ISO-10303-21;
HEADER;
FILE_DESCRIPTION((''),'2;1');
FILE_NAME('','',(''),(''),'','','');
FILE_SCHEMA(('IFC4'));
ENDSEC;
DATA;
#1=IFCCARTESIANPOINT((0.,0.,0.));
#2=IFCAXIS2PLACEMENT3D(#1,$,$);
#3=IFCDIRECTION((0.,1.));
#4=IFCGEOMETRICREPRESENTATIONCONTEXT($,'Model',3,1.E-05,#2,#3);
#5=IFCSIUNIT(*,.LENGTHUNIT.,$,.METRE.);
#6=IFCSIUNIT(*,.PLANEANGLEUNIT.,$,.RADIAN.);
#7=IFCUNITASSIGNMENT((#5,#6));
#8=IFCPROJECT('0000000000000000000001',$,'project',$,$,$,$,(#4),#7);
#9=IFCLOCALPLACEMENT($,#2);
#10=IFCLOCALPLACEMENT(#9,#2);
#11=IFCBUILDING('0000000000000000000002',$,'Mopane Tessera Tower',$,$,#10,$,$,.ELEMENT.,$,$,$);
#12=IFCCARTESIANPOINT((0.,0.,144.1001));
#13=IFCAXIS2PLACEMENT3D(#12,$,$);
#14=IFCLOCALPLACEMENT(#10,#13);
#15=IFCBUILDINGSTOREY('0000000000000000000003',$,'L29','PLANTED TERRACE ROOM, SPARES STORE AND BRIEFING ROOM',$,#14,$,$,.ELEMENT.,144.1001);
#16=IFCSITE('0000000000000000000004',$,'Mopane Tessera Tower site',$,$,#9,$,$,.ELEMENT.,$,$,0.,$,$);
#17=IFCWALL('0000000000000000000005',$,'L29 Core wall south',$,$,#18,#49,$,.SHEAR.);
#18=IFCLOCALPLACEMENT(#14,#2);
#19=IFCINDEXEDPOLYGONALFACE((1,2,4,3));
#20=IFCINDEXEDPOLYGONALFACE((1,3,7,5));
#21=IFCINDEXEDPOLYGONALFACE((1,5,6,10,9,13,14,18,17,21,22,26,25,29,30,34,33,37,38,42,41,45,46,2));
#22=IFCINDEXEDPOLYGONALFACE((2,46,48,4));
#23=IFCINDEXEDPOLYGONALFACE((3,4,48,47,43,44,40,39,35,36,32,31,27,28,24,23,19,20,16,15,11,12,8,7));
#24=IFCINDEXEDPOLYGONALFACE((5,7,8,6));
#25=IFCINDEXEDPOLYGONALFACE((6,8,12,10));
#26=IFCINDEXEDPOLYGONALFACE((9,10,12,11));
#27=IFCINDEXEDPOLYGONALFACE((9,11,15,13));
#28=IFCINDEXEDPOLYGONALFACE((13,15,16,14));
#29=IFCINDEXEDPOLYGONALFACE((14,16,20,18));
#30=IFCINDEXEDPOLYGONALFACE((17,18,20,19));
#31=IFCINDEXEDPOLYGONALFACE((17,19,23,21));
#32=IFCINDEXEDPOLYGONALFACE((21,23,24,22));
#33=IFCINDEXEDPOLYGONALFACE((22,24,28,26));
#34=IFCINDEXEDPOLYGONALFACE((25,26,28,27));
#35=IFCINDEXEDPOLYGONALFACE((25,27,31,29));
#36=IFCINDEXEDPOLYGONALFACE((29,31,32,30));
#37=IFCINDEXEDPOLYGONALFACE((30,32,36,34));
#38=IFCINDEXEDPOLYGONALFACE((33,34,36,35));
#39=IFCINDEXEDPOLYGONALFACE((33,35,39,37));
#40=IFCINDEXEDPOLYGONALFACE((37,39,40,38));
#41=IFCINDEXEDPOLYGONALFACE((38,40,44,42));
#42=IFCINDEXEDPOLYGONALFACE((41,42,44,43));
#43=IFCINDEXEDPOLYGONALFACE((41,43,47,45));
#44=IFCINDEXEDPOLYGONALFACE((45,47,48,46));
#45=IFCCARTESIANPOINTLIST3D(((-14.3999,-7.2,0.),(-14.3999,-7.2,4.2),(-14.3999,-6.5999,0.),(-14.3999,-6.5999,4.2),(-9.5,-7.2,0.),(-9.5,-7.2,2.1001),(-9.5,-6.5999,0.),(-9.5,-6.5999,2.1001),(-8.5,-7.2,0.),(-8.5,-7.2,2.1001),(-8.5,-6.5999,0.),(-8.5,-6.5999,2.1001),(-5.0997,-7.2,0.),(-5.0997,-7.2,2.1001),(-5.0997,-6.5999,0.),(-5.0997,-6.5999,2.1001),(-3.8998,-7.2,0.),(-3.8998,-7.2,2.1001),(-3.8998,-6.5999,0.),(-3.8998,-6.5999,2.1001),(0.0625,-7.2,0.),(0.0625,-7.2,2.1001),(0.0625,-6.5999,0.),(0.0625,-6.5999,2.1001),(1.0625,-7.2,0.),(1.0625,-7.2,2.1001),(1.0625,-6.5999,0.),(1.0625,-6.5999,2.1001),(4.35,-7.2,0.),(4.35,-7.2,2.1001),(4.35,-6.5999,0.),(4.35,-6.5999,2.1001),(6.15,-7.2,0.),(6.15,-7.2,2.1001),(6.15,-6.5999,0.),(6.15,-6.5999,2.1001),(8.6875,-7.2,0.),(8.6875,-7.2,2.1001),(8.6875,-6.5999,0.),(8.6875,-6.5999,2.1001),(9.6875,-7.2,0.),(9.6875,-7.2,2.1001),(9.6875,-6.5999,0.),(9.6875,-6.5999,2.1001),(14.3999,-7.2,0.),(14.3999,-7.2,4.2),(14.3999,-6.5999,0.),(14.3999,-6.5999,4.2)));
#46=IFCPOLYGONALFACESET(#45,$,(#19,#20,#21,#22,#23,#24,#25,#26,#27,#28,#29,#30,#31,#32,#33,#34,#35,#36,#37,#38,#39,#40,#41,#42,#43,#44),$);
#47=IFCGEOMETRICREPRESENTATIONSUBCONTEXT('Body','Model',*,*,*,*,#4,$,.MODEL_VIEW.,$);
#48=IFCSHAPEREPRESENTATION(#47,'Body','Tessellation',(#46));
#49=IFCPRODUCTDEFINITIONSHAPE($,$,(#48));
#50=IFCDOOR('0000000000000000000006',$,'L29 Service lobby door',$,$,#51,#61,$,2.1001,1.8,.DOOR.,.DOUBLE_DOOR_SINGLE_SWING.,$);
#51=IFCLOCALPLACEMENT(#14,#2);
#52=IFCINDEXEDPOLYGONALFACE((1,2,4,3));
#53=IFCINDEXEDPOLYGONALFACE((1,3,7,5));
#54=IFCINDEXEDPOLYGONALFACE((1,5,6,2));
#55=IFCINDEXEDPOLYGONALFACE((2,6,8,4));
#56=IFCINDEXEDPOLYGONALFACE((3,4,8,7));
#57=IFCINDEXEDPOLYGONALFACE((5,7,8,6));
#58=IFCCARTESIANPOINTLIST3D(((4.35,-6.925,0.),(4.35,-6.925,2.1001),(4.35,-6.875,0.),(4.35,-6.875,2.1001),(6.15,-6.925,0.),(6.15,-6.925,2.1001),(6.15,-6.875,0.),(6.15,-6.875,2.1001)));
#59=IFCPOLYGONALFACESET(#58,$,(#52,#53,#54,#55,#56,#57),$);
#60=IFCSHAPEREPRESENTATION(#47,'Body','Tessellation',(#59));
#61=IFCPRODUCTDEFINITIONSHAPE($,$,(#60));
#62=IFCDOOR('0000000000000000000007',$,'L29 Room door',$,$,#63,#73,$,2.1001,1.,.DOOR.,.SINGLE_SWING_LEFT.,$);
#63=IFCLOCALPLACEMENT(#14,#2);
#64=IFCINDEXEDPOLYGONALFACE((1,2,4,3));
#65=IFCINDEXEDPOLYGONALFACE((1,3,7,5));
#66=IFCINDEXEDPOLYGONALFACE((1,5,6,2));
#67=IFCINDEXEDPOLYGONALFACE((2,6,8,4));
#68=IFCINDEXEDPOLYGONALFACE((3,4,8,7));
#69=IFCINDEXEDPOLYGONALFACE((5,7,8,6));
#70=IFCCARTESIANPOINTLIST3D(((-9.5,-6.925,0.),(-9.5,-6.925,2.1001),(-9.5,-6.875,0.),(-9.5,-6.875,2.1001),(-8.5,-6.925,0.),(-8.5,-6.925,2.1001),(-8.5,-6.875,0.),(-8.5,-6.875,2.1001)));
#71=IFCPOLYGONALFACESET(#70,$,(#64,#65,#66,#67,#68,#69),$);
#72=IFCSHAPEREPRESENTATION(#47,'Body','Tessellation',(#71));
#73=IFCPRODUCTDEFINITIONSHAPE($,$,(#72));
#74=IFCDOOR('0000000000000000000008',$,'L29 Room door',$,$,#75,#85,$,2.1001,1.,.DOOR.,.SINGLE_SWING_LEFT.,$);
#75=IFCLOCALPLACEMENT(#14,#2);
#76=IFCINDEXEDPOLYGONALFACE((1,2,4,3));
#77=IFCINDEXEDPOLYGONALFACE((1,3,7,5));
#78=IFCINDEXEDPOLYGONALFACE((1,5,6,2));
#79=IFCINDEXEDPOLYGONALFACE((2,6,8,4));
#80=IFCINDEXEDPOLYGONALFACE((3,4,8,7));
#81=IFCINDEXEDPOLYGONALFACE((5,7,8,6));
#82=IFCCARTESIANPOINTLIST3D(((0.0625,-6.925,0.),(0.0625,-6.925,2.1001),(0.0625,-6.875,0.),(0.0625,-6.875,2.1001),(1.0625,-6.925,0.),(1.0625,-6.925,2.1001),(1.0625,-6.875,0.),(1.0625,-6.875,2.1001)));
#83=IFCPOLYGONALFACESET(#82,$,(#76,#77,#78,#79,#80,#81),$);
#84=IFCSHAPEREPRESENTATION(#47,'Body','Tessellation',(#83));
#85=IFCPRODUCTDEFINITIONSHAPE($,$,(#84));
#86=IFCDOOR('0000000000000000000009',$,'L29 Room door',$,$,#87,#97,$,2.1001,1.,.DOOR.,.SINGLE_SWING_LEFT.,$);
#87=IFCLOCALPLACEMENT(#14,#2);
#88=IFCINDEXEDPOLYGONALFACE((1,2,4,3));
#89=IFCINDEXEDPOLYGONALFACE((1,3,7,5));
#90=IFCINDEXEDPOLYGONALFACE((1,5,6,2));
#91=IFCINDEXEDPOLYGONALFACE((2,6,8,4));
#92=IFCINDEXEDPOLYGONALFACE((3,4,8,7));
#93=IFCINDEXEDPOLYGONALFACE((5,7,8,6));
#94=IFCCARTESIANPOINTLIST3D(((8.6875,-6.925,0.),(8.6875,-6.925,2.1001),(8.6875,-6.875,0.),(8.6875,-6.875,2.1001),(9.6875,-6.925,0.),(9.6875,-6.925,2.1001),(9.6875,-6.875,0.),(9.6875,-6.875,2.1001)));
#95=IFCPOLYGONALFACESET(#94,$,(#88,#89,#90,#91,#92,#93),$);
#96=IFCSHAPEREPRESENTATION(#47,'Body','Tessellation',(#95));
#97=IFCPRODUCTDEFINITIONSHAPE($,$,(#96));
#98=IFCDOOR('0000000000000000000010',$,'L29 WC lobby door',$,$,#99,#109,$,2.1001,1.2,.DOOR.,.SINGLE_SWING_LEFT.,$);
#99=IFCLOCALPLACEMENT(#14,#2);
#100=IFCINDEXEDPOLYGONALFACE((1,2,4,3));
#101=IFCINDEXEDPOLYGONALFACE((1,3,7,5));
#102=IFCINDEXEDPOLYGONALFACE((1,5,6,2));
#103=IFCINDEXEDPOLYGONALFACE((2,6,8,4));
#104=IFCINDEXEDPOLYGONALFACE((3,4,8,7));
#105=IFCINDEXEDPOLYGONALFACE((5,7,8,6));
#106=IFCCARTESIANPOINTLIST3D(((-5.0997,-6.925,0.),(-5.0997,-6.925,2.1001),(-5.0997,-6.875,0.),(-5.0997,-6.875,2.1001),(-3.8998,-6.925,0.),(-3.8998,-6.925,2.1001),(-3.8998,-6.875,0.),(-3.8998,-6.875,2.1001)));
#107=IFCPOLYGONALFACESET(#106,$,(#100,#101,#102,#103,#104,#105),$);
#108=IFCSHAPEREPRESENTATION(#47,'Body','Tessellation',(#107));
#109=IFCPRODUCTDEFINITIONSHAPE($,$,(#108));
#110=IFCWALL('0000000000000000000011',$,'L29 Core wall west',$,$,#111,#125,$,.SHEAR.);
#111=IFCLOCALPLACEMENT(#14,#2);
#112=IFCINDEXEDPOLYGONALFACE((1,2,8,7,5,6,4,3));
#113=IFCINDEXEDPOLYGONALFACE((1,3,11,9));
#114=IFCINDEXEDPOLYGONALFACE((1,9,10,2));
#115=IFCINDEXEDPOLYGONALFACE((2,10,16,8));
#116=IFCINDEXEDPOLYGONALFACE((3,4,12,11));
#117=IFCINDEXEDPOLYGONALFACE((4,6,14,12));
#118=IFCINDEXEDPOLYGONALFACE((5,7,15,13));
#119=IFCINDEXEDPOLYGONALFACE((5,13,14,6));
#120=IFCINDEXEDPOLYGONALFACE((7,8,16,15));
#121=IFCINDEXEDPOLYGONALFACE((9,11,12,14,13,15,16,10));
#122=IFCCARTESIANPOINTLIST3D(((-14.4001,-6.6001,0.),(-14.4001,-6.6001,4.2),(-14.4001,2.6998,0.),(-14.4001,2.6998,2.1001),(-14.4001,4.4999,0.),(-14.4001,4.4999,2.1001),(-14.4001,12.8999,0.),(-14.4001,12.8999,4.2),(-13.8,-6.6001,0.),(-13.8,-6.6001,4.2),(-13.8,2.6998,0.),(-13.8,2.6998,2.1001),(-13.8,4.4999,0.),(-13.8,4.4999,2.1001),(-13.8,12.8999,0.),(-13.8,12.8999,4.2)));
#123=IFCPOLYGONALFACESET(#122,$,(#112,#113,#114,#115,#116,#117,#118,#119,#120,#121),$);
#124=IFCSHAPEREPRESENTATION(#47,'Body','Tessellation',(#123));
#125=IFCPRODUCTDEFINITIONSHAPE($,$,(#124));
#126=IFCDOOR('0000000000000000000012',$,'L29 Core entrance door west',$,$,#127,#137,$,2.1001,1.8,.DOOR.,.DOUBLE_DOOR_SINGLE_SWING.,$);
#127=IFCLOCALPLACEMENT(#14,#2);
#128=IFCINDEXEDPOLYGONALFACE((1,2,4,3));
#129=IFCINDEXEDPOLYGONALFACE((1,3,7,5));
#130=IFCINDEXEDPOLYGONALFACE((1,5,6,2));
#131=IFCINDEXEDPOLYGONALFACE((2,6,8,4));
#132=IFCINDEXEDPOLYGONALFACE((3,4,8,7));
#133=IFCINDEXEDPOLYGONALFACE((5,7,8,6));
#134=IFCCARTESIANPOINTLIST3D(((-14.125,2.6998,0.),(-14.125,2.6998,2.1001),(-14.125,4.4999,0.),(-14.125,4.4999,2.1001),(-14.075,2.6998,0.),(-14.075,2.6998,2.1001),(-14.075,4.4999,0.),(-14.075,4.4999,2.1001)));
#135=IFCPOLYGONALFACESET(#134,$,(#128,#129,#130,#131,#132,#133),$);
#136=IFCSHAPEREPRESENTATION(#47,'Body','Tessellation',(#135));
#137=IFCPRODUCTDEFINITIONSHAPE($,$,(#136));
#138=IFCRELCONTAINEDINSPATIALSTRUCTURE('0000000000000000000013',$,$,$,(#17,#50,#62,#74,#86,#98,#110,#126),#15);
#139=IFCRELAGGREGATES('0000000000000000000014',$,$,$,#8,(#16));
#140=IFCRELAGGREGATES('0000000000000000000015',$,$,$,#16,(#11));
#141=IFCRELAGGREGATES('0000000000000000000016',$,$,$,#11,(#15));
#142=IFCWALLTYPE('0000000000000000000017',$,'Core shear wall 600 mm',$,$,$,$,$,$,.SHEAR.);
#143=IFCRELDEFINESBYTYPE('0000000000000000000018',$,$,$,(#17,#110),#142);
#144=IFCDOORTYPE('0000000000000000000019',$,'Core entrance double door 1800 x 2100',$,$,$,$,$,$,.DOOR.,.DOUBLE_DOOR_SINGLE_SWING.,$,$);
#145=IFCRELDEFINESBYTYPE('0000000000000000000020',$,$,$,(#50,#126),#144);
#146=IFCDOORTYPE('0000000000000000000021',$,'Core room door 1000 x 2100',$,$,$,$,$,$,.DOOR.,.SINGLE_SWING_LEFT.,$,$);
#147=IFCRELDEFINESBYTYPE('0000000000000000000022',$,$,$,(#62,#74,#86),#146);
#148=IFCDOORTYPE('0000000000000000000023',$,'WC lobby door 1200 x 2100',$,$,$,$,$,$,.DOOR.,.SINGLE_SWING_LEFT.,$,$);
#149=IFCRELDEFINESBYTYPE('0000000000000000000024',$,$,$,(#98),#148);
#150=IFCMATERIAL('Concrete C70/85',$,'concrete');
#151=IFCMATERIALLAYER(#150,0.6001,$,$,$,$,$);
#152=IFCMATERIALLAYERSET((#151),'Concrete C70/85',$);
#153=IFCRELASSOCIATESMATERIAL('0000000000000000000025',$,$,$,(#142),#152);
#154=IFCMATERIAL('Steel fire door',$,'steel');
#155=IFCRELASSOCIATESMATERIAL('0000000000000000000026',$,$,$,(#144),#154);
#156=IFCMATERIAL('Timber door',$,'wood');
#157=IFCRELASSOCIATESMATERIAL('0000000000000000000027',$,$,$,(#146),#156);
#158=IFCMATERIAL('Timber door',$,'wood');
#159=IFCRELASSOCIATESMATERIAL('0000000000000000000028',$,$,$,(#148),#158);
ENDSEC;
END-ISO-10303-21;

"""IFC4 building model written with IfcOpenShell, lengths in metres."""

from ifc_helpers import new_model, si_unit, direction, frame, frame_2d, origin, place, context, subcontext, project, spatial, rectangle, extrude, material, layer, layer_set, type_object, element, fill, save


model = new_model("IFC4")

# Units and contexts
model_context = context("Model", 3, precision=1e-05, world=origin(), true_north=direction((0.0, 1.0)))
body_context = subcontext(model_context, "Body", "Model", "MODEL_VIEW")
ifc_project = project(units=[si_unit("LENGTHUNIT", "METRE"), si_unit("PLANEANGLEUNIT", "RADIAN")], contexts=[model_context])

# Site, building, storey
site_placement = place(None, origin())
site = spatial("IfcSite", under=ifc_project, at=site_placement, Name="Mopane Tessera Tower site", CompositionType="ELEMENT", RefElevation=0.0)
building_placement = place(site_placement, origin())
building = spatial("IfcBuilding", under=site, at=building_placement, Name="Mopane Tessera Tower", CompositionType="ELEMENT")
storey_placement = place(building_placement, frame((0.0, 0.0, 144.1001)))
storey = spatial("IfcBuildingStorey", under=building, at=storey_placement, Name="L29", Description="PLANTED TERRACE ROOM, SPARES STORE AND BRIEFING ROOM", CompositionType="ELEMENT", Elevation=144.1001)

# Wall, openings, doors
ifc_material_1 = material(Name="Concrete C70/85", Category="concrete")
ifc_layer_1 = layer(ifc_material_1, 0.6001)
ifc_layer_set_1 = layer_set([ifc_layer_1], Name="Concrete C70/85")
wall_type_1 = type_object("IfcWallType", Name="Core shear wall 600 mm", PredefinedType="SHEAR", material=ifc_layer_set_1)
wall_1_placement = place(storey_placement, frame((-14.3999, -6.8999, 0.0), z_axis=(0.0, 0.0, 1.0), x_axis=(1.0, 0.0, 0.0)))
wall_1 = element("IfcWall", 1, at=wall_1_placement, inside=storey, type_object=wall_type_1, Name="L29 Core wall south", PredefinedType="SHEAR", context=body_context, shape_type="SweptSolid", body=[
    extrude(rectangle(XDim=28.7998, YDim=0.6001, at=frame_2d((14.3999, 0.0))), origin(), (0.0, 0.0, 1.0), 4.2),
])
opening_1_placement = place(wall_1_placement, frame((4.8999, 0.0, 0.0)))
opening_1 = element("IfcOpeningElement", 2, at=opening_1_placement, cuts=wall_1, PredefinedType="OPENING", context=body_context, shape_type="SweptSolid", body=[
    extrude(rectangle(XDim=1.0, YDim=2.1001, at=frame_2d((0.5, 1.05))), frame((0.0, 0.312, 0.0), z_axis=(0.0, -1.0, 0.0), x_axis=(1.0, 0.0, 0.0)), (0.0, 0.0, 1.0), 0.624),
])
opening_2_placement = place(wall_1_placement, frame((9.3, 0.0, 0.0)))
opening_2 = element("IfcOpeningElement", 3, at=opening_2_placement, cuts=wall_1, PredefinedType="OPENING", context=body_context, shape_type="SweptSolid", body=[
    extrude(rectangle(XDim=1.2, YDim=2.1001, at=frame_2d((0.6001, 1.05))), frame((0.0, 0.312, 0.0), z_axis=(0.0, -1.0, 0.0), x_axis=(1.0, 0.0, 0.0)), (0.0, 0.0, 1.0), 0.624),
])
opening_3_placement = place(wall_1_placement, frame((14.4624, 0.0, 0.0)))
opening_3 = element("IfcOpeningElement", 4, at=opening_3_placement, cuts=wall_1, PredefinedType="OPENING", context=body_context, shape_type="SweptSolid", body=[
    extrude(rectangle(XDim=1.0, YDim=2.1001, at=frame_2d((0.5, 1.05))), frame((0.0, 0.312, 0.0), z_axis=(0.0, -1.0, 0.0), x_axis=(1.0, 0.0, 0.0)), (0.0, 0.0, 1.0), 0.624),
])
opening_4_placement = place(wall_1_placement, frame((18.75, 0.0, 0.0)))
opening_4 = element("IfcOpeningElement", 5, at=opening_4_placement, cuts=wall_1, PredefinedType="OPENING", context=body_context, shape_type="SweptSolid", body=[
    extrude(rectangle(XDim=1.8, YDim=2.1001, at=frame_2d((0.8999, 1.05))), frame((0.0, 0.312, 0.0), z_axis=(0.0, -1.0, 0.0), x_axis=(1.0, 0.0, 0.0)), (0.0, 0.0, 1.0), 0.624),
])
opening_5_placement = place(wall_1_placement, frame((23.0874, 0.0, 0.0)))
opening_5 = element("IfcOpeningElement", 6, at=opening_5_placement, cuts=wall_1, PredefinedType="OPENING", context=body_context, shape_type="SweptSolid", body=[
    extrude(rectangle(XDim=1.0, YDim=2.1001, at=frame_2d((0.5, 1.05))), frame((0.0, 0.312, 0.0), z_axis=(0.0, -1.0, 0.0), x_axis=(1.0, 0.0, 0.0)), (0.0, 0.0, 1.0), 0.624),
])
ifc_material_2 = material(Name="Steel fire door", Category="steel")
door_type_1 = type_object("IfcDoorType", Name="Core entrance double door 1800 x 2100", OperationType="DOUBLE_DOOR_SINGLE_SWING", PredefinedType="DOOR", material=ifc_material_2)
door_1_placement = place(opening_4_placement, origin())
door_1 = element("IfcDoor", 7, at=door_1_placement, inside=storey, type_object=door_type_1, Name="L29 Service lobby door", OperationType="DOUBLE_DOOR_SINGLE_SWING", OverallHeight=2.1001, OverallWidth=1.8, PredefinedType="DOOR", context=body_context, shape_type="SweptSolid", body=[
    extrude(rectangle(XDim=1.8, YDim=2.1001, at=frame_2d((0.8999, 1.05))), frame((0.0, 0.0249, 0.0), z_axis=(0.0, -1.0, 0.0), x_axis=(1.0, 0.0, 0.0)), (0.0, 0.0, 1.0), 0.05),
])
fill(opening_4, door_1)
ifc_material_3 = material(Name="Timber door", Category="wood")
door_type_2 = type_object("IfcDoorType", Name="Core room door 1000 x 2100", OperationType="SINGLE_SWING_LEFT", PredefinedType="DOOR", material=ifc_material_3)
door_2_placement = place(opening_1_placement, origin())
door_2 = element("IfcDoor", 8, at=door_2_placement, inside=storey, type_object=door_type_2, Name="L29 Room door", OperationType="SINGLE_SWING_LEFT", OverallHeight=2.1001, OverallWidth=1.0, PredefinedType="DOOR", context=body_context, shape_type="SweptSolid", body=[
    extrude(rectangle(XDim=1.0, YDim=2.1001, at=frame_2d((0.5, 1.05))), frame((0.0, 0.0249, 0.0), z_axis=(0.0, -1.0, 0.0), x_axis=(1.0, 0.0, 0.0)), (0.0, 0.0, 1.0), 0.05),
])
fill(opening_1, door_2)
door_3_placement = place(opening_3_placement, origin())
door_3 = element("IfcDoor", 9, at=door_3_placement, inside=storey, type_object=door_type_2, Name="L29 Room door", OperationType="SINGLE_SWING_LEFT", OverallHeight=2.1001, OverallWidth=1.0, PredefinedType="DOOR", context=body_context, shape_type="SweptSolid", body=[
    extrude(rectangle(XDim=1.0, YDim=2.1001, at=frame_2d((0.5, 1.05))), frame((0.0, 0.0249, 0.0), z_axis=(0.0, -1.0, 0.0), x_axis=(1.0, 0.0, 0.0)), (0.0, 0.0, 1.0), 0.05),
])
fill(opening_3, door_3)
door_4_placement = place(opening_5_placement, origin())
door_4 = element("IfcDoor", 10, at=door_4_placement, inside=storey, type_object=door_type_2, Name="L29 Room door", OperationType="SINGLE_SWING_LEFT", OverallHeight=2.1001, OverallWidth=1.0, PredefinedType="DOOR", context=body_context, shape_type="SweptSolid", body=[
    extrude(rectangle(XDim=1.0, YDim=2.1001, at=frame_2d((0.5, 1.05))), frame((0.0, 0.0249, 0.0), z_axis=(0.0, -1.0, 0.0), x_axis=(1.0, 0.0, 0.0)), (0.0, 0.0, 1.0), 0.05),
])
fill(opening_5, door_4)
ifc_material_4 = material(Name="Timber door", Category="wood")
door_type_3 = type_object("IfcDoorType", Name="WC lobby door 1200 x 2100", OperationType="SINGLE_SWING_LEFT", PredefinedType="DOOR", material=ifc_material_4)
door_5_placement = place(opening_2_placement, origin())
door_5 = element("IfcDoor", 11, at=door_5_placement, inside=storey, type_object=door_type_3, Name="L29 WC lobby door", OperationType="SINGLE_SWING_LEFT", OverallHeight=2.1001, OverallWidth=1.2, PredefinedType="DOOR", context=body_context, shape_type="SweptSolid", body=[
    extrude(rectangle(XDim=1.2, YDim=2.1001, at=frame_2d((0.6001, 1.05))), frame((0.0, 0.0249, 0.0), z_axis=(0.0, -1.0, 0.0), x_axis=(1.0, 0.0, 0.0)), (0.0, 0.0, 1.0), 0.05),
])
fill(opening_2, door_5)

# Wall, opening, door
wall_2_placement = place(storey_placement, frame((-14.1001, -6.6001, 0.0), z_axis=(0.0, 0.0, 1.0), x_axis=(0.0, 1.0, 0.0)))
wall_2 = element("IfcWall", 12, at=wall_2_placement, inside=storey, type_object=wall_type_1, Name="L29 Core wall west", PredefinedType="SHEAR", context=body_context, shape_type="SweptSolid", body=[
    extrude(rectangle(XDim=19.5, YDim=0.6001, at=frame_2d((9.75, 0.0))), origin(), (0.0, 0.0, 1.0), 4.2),
])
opening_6_placement = place(wall_2_placement, frame((9.3, 0.0, 0.0)))
opening_6 = element("IfcOpeningElement", 13, at=opening_6_placement, cuts=wall_2, PredefinedType="OPENING", context=body_context, shape_type="SweptSolid", body=[
    extrude(rectangle(XDim=1.8, YDim=2.1001, at=frame_2d((0.8999, 1.05))), frame((0.0, 0.312, 0.0), z_axis=(0.0, -1.0, 0.0), x_axis=(1.0, 0.0, 0.0)), (0.0, 0.0, 1.0), 0.624),
])
door_6_placement = place(opening_6_placement, origin())
door_6 = element("IfcDoor", 14, at=door_6_placement, inside=storey, type_object=door_type_1, Name="L29 Core entrance door west", OperationType="DOUBLE_DOOR_SINGLE_SWING", OverallHeight=2.1001, OverallWidth=1.8, PredefinedType="DOOR", context=body_context, shape_type="SweptSolid", body=[
    extrude(rectangle(XDim=1.8, YDim=2.1001, at=frame_2d((0.8999, 1.05))), frame((0.0, 0.0249, 0.0), z_axis=(0.0, -1.0, 0.0), x_axis=(1.0, 0.0, 0.0)), (0.0, 0.0, 1.0), 0.05),
])
fill(opening_6, door_6)

save(model, "model.ifc")
